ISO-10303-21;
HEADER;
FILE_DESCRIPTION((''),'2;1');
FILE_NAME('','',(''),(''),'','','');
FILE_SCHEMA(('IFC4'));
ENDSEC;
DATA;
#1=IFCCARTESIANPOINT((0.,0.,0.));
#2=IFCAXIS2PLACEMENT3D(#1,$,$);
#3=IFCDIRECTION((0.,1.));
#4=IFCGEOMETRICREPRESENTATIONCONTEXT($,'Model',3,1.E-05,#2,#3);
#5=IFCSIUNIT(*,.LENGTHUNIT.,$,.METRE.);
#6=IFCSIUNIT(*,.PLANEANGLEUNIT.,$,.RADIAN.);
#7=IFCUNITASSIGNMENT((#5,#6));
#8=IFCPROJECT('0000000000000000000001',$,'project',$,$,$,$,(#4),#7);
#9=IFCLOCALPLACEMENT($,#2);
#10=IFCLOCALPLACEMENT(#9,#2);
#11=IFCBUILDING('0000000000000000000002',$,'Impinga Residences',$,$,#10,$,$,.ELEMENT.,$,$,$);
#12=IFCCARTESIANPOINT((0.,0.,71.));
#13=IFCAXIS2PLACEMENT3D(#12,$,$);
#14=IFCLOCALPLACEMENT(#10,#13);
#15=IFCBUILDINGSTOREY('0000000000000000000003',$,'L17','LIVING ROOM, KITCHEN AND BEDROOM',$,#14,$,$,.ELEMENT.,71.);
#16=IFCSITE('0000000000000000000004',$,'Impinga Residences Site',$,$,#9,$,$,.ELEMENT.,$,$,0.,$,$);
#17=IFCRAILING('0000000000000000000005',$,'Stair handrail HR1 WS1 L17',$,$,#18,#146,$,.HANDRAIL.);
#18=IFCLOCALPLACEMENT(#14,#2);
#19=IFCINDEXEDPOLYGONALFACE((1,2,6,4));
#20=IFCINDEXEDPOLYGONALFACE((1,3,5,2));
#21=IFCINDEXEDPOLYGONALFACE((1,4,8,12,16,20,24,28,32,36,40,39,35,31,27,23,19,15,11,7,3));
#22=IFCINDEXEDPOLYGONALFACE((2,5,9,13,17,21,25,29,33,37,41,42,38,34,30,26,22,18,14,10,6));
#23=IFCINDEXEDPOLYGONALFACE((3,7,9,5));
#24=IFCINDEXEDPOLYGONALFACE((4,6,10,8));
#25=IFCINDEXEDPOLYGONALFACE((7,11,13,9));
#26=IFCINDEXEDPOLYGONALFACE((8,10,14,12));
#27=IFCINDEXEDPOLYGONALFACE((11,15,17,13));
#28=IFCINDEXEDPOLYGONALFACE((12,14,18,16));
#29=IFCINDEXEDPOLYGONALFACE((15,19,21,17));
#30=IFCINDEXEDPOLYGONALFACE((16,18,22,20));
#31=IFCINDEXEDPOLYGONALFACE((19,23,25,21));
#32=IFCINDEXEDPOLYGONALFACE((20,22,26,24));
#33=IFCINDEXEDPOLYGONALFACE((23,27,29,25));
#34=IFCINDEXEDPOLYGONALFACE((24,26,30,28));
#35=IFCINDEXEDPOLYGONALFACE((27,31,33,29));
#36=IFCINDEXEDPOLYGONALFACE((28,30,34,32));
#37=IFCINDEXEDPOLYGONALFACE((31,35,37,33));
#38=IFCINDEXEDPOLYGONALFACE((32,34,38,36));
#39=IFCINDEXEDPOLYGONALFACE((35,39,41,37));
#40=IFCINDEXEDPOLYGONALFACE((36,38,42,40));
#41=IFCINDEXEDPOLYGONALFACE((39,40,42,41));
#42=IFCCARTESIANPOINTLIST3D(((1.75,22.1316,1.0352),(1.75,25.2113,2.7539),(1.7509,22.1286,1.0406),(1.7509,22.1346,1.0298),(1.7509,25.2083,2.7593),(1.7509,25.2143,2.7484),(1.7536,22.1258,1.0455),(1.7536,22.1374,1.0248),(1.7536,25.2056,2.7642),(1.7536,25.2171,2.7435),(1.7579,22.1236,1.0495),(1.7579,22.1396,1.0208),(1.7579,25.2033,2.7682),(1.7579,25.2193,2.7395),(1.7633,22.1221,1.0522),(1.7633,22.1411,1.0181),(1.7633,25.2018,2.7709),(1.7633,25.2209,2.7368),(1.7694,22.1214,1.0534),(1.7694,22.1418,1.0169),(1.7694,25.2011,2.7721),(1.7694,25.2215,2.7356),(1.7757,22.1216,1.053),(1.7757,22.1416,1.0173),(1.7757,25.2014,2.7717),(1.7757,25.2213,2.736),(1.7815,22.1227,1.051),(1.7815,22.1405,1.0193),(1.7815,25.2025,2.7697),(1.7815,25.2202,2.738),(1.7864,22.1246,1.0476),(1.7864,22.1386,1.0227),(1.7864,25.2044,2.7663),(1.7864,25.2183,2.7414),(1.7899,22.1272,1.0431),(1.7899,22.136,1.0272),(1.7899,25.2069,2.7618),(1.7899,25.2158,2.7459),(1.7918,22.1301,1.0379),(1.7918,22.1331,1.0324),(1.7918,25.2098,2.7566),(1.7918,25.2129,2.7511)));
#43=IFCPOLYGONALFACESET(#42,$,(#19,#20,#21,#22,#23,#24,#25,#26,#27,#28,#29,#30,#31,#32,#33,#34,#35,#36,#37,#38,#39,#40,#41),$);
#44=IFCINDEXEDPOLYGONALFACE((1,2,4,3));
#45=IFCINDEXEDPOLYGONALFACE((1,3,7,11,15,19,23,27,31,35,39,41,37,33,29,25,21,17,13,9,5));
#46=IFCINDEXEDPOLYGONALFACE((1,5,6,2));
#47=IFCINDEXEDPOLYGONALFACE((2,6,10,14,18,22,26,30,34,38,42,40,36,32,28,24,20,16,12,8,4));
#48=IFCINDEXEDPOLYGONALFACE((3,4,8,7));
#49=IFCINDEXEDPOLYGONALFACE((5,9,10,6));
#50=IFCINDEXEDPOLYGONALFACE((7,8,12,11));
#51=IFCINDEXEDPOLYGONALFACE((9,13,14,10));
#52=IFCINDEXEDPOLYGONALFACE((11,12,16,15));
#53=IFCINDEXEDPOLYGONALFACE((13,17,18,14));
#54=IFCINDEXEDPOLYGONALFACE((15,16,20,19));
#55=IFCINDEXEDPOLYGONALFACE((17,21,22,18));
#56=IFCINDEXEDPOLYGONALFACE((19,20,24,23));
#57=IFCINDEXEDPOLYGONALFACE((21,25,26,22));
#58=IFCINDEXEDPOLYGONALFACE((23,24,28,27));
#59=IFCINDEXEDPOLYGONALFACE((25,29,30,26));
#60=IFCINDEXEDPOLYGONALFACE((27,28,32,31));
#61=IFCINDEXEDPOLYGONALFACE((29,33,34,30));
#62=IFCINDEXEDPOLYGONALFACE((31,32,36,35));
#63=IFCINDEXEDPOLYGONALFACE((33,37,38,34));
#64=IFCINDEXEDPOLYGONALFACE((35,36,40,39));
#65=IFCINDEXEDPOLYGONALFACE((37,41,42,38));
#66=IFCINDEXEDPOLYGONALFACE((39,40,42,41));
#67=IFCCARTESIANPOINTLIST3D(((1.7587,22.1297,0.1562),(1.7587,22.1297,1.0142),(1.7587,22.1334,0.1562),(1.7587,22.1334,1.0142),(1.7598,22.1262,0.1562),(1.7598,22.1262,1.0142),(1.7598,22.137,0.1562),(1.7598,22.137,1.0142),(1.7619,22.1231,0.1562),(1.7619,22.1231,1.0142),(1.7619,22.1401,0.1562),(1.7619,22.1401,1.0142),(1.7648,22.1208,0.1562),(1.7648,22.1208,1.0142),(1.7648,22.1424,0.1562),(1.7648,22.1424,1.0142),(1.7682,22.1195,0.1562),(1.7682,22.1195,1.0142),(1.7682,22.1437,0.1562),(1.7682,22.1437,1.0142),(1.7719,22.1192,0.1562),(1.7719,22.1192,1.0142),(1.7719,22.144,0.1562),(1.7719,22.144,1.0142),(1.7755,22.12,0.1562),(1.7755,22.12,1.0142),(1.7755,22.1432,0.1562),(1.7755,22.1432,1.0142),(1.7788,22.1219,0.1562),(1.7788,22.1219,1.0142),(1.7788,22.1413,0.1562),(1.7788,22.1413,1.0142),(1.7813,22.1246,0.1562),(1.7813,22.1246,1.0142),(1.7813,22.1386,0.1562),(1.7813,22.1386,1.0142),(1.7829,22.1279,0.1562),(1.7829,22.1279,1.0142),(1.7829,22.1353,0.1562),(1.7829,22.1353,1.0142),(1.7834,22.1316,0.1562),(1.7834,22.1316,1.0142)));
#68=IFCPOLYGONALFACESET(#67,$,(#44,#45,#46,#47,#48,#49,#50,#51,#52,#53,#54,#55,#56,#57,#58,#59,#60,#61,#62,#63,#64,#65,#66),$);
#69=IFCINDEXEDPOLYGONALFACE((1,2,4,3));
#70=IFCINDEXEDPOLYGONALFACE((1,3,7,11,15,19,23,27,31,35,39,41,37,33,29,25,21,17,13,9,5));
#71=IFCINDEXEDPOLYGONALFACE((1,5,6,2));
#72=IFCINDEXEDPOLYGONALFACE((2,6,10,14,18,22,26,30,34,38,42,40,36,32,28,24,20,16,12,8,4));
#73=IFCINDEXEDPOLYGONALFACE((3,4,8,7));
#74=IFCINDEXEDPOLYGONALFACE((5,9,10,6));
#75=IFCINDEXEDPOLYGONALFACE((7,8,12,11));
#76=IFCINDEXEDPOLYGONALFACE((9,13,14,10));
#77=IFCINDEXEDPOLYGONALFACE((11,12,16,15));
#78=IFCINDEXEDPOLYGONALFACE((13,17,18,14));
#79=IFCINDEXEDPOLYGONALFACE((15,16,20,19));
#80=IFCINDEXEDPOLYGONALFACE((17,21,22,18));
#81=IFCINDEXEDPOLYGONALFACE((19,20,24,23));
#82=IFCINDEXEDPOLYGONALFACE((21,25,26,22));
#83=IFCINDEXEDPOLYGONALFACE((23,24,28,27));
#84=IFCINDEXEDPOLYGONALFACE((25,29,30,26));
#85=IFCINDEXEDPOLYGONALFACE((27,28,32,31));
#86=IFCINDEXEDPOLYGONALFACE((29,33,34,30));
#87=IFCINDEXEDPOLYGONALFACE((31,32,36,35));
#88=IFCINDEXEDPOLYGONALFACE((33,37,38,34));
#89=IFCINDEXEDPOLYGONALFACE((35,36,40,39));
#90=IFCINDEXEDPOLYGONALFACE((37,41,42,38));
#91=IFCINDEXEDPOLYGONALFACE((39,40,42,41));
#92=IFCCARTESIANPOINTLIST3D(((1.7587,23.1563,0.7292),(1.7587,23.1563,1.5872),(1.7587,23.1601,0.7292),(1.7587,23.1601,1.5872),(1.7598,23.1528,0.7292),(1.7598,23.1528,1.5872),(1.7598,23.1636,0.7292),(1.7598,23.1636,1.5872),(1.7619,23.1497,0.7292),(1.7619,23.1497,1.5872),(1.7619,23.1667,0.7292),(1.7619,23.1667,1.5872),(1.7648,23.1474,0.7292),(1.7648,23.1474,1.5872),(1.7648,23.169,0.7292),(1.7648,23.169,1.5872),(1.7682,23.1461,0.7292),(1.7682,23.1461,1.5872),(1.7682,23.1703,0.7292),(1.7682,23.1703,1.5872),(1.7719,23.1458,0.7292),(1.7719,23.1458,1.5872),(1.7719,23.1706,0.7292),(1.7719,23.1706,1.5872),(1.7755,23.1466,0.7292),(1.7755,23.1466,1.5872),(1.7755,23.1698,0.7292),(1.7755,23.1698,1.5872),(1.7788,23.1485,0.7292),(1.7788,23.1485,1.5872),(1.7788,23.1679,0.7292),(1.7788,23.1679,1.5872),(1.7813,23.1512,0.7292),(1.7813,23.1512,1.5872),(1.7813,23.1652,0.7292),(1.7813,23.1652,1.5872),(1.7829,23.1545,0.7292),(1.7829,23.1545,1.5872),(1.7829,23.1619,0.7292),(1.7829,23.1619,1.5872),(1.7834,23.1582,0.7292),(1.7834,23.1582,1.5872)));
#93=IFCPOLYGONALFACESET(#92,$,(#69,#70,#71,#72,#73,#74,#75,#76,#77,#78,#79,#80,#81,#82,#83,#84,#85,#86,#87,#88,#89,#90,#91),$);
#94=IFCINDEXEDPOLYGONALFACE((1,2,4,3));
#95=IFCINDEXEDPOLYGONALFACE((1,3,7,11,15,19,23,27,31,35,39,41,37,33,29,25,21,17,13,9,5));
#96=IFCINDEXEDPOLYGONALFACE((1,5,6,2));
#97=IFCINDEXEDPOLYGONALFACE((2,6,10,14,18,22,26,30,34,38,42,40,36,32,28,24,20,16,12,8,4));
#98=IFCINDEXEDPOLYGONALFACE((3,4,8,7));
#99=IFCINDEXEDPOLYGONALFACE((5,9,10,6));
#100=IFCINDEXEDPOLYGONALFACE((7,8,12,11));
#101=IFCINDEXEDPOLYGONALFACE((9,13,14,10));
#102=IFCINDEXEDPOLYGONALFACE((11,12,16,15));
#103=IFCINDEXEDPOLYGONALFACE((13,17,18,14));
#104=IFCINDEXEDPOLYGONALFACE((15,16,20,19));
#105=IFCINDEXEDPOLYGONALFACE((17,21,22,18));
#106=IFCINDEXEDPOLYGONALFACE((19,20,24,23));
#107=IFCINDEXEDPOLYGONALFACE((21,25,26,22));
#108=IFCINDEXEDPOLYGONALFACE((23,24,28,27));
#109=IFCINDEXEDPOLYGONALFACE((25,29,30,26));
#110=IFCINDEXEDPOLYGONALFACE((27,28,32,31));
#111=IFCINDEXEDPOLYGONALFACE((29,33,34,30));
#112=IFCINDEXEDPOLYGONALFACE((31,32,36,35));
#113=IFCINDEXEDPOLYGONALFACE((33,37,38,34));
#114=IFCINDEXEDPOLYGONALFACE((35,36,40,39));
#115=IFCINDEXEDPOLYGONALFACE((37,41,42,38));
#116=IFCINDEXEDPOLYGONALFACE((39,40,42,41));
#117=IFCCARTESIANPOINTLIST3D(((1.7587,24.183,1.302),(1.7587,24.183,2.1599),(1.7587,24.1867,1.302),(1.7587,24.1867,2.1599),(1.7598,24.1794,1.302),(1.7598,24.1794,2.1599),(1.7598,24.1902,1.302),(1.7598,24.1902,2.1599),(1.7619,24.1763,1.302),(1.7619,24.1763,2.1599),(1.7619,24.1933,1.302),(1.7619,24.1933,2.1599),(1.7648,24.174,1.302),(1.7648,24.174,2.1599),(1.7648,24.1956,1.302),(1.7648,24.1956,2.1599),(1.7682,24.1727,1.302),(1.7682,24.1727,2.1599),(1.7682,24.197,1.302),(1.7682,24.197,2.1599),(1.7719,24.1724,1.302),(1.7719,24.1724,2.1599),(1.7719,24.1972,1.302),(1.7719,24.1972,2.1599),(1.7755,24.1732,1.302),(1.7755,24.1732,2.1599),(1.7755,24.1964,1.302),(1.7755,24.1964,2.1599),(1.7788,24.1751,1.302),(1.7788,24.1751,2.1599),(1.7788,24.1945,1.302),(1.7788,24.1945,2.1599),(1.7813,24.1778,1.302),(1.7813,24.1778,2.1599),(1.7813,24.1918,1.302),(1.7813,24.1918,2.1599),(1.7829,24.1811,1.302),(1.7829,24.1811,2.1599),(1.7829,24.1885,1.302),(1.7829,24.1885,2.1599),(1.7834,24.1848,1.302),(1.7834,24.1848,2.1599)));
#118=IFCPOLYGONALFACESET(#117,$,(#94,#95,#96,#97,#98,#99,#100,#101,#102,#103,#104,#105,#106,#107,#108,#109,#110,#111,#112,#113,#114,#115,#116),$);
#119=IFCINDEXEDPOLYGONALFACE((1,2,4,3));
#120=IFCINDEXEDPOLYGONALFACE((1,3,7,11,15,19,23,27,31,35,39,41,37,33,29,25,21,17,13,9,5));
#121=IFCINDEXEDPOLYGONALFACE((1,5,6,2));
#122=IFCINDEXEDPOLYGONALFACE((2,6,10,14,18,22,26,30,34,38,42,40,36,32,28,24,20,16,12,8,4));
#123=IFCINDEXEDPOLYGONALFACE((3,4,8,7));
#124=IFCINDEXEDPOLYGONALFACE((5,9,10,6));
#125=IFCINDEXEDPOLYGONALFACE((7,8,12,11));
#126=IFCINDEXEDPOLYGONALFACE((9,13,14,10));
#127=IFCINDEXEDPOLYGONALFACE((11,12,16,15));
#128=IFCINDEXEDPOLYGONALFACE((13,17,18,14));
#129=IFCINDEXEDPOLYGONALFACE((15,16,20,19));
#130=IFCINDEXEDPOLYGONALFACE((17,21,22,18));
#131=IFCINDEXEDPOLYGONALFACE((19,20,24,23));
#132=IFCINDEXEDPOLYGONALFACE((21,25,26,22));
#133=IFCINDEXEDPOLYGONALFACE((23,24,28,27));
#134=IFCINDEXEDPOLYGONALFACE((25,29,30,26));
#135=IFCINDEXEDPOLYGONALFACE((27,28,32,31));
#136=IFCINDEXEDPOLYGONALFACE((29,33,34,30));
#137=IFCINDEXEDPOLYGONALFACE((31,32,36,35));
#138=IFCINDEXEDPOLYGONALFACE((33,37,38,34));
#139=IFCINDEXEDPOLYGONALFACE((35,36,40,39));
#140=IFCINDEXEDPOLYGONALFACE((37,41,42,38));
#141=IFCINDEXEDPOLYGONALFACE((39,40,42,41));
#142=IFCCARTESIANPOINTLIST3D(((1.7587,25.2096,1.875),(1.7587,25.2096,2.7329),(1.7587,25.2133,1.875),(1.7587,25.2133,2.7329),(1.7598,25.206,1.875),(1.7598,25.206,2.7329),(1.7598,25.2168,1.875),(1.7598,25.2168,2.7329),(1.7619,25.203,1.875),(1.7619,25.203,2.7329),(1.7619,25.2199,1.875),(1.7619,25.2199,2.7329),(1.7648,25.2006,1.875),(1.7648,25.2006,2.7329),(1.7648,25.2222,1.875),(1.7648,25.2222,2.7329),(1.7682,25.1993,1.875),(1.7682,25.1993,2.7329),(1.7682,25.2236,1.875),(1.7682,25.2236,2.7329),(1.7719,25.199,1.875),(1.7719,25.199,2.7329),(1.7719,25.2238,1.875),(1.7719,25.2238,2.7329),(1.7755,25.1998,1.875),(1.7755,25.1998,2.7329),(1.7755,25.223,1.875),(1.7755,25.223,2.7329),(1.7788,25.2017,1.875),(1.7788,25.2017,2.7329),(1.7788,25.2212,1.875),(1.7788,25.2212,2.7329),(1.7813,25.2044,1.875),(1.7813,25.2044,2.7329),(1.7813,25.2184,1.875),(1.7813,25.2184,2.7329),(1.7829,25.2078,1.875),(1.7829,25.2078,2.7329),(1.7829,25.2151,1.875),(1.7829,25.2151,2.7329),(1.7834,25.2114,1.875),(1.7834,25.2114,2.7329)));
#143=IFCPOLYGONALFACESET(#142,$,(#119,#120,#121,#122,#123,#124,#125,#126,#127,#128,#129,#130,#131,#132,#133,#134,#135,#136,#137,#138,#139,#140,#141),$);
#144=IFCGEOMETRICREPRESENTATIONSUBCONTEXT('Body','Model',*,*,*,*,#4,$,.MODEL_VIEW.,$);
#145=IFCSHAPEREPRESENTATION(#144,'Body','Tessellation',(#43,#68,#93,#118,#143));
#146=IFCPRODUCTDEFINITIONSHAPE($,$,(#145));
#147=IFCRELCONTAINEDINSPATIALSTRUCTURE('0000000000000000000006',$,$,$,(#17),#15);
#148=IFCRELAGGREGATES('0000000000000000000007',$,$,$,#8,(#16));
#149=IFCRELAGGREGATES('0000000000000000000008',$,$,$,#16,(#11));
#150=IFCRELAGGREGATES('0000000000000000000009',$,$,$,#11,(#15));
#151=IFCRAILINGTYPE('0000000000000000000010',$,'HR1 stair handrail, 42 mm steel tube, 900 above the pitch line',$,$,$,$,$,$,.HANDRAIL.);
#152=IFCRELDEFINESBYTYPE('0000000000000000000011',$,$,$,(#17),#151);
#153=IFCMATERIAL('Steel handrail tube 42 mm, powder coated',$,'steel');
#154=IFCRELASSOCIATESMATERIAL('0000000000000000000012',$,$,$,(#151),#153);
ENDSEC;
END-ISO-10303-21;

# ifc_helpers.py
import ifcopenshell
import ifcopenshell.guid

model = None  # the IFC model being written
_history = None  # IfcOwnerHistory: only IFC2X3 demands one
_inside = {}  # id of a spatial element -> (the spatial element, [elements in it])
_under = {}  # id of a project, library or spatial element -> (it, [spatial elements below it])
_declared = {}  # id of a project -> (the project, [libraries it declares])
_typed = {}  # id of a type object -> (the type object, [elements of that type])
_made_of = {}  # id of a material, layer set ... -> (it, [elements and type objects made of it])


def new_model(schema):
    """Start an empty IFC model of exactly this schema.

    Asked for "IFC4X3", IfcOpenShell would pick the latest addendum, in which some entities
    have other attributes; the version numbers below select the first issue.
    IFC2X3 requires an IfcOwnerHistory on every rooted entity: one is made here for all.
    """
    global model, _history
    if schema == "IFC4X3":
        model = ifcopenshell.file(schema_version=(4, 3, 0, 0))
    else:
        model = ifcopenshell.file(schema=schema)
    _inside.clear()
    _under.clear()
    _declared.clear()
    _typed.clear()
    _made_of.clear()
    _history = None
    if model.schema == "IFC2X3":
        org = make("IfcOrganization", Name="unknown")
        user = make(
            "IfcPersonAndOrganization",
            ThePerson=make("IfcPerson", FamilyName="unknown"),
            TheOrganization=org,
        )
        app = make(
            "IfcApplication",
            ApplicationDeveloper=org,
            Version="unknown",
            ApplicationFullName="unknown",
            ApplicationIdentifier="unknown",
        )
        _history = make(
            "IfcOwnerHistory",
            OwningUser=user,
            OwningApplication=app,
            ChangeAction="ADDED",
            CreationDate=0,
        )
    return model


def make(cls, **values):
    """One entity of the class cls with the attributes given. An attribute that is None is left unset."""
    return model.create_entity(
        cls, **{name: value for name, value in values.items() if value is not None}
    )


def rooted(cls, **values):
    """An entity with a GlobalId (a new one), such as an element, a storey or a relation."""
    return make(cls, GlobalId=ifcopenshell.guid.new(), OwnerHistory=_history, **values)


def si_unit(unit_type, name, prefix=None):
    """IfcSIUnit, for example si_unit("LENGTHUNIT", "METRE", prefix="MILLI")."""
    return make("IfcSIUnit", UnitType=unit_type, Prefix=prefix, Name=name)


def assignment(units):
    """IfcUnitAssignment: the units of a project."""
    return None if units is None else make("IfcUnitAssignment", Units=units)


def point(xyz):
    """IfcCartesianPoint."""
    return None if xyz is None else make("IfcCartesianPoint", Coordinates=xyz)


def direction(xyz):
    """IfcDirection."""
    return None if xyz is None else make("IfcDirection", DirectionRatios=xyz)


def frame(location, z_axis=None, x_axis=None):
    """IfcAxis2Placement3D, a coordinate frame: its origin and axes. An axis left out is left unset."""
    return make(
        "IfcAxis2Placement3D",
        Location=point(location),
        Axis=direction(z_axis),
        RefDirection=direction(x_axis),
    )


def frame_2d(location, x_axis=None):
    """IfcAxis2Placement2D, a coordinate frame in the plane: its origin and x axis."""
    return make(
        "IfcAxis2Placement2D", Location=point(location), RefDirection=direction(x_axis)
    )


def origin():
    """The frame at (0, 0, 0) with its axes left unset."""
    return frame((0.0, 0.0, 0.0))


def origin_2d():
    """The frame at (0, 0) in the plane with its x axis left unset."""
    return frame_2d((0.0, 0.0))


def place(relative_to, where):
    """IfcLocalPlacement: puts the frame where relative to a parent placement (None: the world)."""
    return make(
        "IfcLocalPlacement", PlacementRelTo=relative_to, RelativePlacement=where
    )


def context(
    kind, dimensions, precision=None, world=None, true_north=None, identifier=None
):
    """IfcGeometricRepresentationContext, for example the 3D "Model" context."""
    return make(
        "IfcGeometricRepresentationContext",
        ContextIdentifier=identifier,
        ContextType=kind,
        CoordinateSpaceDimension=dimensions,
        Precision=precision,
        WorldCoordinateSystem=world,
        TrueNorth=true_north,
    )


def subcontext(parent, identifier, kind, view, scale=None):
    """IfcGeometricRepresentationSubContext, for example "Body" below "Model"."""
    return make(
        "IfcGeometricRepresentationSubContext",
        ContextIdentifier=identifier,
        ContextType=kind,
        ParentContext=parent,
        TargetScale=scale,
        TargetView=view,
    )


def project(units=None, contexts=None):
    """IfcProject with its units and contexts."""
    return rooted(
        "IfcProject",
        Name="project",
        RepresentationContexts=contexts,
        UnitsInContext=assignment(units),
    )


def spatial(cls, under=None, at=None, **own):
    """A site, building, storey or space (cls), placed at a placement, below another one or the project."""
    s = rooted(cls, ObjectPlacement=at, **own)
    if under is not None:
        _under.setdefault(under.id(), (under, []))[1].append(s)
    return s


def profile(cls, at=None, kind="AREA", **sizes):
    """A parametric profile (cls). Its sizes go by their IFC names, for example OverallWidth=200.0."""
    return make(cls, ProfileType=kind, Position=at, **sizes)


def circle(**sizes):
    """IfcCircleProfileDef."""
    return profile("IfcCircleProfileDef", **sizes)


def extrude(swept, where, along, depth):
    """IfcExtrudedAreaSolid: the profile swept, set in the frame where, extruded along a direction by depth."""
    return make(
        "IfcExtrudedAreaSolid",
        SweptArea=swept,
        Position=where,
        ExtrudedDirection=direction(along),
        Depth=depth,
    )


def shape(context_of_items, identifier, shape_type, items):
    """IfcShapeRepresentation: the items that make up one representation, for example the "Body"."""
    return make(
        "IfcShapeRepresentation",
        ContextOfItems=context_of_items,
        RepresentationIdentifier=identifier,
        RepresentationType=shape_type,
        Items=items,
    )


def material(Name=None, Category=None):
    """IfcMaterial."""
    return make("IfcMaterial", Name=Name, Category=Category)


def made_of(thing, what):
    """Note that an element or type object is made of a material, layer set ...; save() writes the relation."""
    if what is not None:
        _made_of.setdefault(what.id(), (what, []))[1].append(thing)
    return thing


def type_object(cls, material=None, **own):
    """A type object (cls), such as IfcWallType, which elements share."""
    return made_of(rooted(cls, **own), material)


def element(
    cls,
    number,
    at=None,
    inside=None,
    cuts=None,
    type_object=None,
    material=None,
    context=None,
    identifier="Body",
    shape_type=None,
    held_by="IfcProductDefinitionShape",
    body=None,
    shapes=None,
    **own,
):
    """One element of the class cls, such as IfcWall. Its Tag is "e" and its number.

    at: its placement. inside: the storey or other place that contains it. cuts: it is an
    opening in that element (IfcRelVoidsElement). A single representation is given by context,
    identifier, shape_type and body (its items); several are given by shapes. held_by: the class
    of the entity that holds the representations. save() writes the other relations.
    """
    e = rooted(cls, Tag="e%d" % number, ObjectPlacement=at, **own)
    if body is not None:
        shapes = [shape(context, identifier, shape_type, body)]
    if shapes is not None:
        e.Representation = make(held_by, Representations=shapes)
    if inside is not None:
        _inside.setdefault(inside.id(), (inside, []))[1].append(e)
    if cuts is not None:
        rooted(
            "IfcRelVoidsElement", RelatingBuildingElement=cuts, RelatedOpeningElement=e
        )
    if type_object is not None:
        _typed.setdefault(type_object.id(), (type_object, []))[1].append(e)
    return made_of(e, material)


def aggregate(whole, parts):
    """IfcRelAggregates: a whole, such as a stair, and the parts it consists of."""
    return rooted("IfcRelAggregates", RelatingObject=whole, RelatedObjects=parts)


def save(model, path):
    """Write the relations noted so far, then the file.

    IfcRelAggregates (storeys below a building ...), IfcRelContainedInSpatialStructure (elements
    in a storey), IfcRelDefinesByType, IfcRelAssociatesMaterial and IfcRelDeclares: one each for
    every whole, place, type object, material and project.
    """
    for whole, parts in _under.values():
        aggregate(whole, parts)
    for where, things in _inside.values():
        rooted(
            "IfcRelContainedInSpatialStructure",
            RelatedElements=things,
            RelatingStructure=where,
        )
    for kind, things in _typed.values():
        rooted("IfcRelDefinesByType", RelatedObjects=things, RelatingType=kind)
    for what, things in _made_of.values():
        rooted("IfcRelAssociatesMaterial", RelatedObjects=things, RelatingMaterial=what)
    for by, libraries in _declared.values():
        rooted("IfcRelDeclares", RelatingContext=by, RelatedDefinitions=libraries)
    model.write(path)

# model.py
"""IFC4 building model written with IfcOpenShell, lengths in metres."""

from ifc_helpers import new_model, si_unit, direction, frame, origin, origin_2d, place, context, subcontext, project, spatial, circle, extrude, material, type_object, element, save


model = new_model("IFC4")

# Units and contexts
model_context = context("Model", 3, precision=1e-05, world=origin(), true_north=direction((0.0, 1.0)))
body_context = subcontext(model_context, "Body", "Model", "MODEL_VIEW")
ifc_project = project(units=[si_unit("LENGTHUNIT", "METRE"), si_unit("PLANEANGLEUNIT", "RADIAN")], contexts=[model_context])

# Site, building, storey
site_placement = place(None, origin())
site = spatial("IfcSite", under=ifc_project, at=site_placement, Name="Impinga Residences Site", CompositionType="ELEMENT", RefElevation=0.0)
building_placement = place(site_placement, origin())
building = spatial("IfcBuilding", under=site, at=building_placement, Name="Impinga Residences", CompositionType="ELEMENT")
storey_placement = place(building_placement, frame((0.0, 0.0, 71.0)))
storey = spatial("IfcBuildingStorey", under=building, at=storey_placement, Name="L17", Description="LIVING ROOM, KITCHEN AND BEDROOM", CompositionType="ELEMENT", Elevation=71.0)

# Railing
ifc_material_1 = material(Name="Steel handrail tube 42 mm, powder coated", Category="steel")
railing_type_1 = type_object("IfcRailingType", Name="HR1 stair handrail, 42 mm steel tube, 900 above the pitch line", PredefinedType="HANDRAIL", material=ifc_material_1)
railing_1_placement = place(storey_placement, frame((1.771, 22.1316, 0.1562)))
element("IfcRailing", 1, at=railing_1_placement, inside=storey, type_object=railing_type_1, Name="Stair handrail HR1 WS1 L17", PredefinedType="HANDRAIL", context=body_context, shape_type="SweptSolid", body=[
    extrude(circle(Radius=0.021, at=origin_2d()), frame((0.0, 0.0, 0.8789), z_axis=(0.0, 0.873225, 0.487317), x_axis=(-1.0, 0.0, 0.0)), (0.0, 0.0, 1.0), 3.5269),
    extrude(circle(Radius=0.0125, at=origin_2d()), origin(), (0.0, 0.0, 1.0), 0.8579),
    extrude(circle(Radius=0.0125, at=origin_2d()), frame((0.0, 1.0266, 0.573)), (0.0, 0.0, 1.0), 0.8579),
    extrude(circle(Radius=0.0125, at=origin_2d()), frame((0.0, 2.0532, 1.1458)), (0.0, 0.0, 1.0), 0.8579),
    extrude(circle(Radius=0.0125, at=origin_2d()), frame((0.0, 3.0798, 1.7188)), (0.0, 0.0, 1.0), 0.8579),
])

save(model, "model.ifc")
